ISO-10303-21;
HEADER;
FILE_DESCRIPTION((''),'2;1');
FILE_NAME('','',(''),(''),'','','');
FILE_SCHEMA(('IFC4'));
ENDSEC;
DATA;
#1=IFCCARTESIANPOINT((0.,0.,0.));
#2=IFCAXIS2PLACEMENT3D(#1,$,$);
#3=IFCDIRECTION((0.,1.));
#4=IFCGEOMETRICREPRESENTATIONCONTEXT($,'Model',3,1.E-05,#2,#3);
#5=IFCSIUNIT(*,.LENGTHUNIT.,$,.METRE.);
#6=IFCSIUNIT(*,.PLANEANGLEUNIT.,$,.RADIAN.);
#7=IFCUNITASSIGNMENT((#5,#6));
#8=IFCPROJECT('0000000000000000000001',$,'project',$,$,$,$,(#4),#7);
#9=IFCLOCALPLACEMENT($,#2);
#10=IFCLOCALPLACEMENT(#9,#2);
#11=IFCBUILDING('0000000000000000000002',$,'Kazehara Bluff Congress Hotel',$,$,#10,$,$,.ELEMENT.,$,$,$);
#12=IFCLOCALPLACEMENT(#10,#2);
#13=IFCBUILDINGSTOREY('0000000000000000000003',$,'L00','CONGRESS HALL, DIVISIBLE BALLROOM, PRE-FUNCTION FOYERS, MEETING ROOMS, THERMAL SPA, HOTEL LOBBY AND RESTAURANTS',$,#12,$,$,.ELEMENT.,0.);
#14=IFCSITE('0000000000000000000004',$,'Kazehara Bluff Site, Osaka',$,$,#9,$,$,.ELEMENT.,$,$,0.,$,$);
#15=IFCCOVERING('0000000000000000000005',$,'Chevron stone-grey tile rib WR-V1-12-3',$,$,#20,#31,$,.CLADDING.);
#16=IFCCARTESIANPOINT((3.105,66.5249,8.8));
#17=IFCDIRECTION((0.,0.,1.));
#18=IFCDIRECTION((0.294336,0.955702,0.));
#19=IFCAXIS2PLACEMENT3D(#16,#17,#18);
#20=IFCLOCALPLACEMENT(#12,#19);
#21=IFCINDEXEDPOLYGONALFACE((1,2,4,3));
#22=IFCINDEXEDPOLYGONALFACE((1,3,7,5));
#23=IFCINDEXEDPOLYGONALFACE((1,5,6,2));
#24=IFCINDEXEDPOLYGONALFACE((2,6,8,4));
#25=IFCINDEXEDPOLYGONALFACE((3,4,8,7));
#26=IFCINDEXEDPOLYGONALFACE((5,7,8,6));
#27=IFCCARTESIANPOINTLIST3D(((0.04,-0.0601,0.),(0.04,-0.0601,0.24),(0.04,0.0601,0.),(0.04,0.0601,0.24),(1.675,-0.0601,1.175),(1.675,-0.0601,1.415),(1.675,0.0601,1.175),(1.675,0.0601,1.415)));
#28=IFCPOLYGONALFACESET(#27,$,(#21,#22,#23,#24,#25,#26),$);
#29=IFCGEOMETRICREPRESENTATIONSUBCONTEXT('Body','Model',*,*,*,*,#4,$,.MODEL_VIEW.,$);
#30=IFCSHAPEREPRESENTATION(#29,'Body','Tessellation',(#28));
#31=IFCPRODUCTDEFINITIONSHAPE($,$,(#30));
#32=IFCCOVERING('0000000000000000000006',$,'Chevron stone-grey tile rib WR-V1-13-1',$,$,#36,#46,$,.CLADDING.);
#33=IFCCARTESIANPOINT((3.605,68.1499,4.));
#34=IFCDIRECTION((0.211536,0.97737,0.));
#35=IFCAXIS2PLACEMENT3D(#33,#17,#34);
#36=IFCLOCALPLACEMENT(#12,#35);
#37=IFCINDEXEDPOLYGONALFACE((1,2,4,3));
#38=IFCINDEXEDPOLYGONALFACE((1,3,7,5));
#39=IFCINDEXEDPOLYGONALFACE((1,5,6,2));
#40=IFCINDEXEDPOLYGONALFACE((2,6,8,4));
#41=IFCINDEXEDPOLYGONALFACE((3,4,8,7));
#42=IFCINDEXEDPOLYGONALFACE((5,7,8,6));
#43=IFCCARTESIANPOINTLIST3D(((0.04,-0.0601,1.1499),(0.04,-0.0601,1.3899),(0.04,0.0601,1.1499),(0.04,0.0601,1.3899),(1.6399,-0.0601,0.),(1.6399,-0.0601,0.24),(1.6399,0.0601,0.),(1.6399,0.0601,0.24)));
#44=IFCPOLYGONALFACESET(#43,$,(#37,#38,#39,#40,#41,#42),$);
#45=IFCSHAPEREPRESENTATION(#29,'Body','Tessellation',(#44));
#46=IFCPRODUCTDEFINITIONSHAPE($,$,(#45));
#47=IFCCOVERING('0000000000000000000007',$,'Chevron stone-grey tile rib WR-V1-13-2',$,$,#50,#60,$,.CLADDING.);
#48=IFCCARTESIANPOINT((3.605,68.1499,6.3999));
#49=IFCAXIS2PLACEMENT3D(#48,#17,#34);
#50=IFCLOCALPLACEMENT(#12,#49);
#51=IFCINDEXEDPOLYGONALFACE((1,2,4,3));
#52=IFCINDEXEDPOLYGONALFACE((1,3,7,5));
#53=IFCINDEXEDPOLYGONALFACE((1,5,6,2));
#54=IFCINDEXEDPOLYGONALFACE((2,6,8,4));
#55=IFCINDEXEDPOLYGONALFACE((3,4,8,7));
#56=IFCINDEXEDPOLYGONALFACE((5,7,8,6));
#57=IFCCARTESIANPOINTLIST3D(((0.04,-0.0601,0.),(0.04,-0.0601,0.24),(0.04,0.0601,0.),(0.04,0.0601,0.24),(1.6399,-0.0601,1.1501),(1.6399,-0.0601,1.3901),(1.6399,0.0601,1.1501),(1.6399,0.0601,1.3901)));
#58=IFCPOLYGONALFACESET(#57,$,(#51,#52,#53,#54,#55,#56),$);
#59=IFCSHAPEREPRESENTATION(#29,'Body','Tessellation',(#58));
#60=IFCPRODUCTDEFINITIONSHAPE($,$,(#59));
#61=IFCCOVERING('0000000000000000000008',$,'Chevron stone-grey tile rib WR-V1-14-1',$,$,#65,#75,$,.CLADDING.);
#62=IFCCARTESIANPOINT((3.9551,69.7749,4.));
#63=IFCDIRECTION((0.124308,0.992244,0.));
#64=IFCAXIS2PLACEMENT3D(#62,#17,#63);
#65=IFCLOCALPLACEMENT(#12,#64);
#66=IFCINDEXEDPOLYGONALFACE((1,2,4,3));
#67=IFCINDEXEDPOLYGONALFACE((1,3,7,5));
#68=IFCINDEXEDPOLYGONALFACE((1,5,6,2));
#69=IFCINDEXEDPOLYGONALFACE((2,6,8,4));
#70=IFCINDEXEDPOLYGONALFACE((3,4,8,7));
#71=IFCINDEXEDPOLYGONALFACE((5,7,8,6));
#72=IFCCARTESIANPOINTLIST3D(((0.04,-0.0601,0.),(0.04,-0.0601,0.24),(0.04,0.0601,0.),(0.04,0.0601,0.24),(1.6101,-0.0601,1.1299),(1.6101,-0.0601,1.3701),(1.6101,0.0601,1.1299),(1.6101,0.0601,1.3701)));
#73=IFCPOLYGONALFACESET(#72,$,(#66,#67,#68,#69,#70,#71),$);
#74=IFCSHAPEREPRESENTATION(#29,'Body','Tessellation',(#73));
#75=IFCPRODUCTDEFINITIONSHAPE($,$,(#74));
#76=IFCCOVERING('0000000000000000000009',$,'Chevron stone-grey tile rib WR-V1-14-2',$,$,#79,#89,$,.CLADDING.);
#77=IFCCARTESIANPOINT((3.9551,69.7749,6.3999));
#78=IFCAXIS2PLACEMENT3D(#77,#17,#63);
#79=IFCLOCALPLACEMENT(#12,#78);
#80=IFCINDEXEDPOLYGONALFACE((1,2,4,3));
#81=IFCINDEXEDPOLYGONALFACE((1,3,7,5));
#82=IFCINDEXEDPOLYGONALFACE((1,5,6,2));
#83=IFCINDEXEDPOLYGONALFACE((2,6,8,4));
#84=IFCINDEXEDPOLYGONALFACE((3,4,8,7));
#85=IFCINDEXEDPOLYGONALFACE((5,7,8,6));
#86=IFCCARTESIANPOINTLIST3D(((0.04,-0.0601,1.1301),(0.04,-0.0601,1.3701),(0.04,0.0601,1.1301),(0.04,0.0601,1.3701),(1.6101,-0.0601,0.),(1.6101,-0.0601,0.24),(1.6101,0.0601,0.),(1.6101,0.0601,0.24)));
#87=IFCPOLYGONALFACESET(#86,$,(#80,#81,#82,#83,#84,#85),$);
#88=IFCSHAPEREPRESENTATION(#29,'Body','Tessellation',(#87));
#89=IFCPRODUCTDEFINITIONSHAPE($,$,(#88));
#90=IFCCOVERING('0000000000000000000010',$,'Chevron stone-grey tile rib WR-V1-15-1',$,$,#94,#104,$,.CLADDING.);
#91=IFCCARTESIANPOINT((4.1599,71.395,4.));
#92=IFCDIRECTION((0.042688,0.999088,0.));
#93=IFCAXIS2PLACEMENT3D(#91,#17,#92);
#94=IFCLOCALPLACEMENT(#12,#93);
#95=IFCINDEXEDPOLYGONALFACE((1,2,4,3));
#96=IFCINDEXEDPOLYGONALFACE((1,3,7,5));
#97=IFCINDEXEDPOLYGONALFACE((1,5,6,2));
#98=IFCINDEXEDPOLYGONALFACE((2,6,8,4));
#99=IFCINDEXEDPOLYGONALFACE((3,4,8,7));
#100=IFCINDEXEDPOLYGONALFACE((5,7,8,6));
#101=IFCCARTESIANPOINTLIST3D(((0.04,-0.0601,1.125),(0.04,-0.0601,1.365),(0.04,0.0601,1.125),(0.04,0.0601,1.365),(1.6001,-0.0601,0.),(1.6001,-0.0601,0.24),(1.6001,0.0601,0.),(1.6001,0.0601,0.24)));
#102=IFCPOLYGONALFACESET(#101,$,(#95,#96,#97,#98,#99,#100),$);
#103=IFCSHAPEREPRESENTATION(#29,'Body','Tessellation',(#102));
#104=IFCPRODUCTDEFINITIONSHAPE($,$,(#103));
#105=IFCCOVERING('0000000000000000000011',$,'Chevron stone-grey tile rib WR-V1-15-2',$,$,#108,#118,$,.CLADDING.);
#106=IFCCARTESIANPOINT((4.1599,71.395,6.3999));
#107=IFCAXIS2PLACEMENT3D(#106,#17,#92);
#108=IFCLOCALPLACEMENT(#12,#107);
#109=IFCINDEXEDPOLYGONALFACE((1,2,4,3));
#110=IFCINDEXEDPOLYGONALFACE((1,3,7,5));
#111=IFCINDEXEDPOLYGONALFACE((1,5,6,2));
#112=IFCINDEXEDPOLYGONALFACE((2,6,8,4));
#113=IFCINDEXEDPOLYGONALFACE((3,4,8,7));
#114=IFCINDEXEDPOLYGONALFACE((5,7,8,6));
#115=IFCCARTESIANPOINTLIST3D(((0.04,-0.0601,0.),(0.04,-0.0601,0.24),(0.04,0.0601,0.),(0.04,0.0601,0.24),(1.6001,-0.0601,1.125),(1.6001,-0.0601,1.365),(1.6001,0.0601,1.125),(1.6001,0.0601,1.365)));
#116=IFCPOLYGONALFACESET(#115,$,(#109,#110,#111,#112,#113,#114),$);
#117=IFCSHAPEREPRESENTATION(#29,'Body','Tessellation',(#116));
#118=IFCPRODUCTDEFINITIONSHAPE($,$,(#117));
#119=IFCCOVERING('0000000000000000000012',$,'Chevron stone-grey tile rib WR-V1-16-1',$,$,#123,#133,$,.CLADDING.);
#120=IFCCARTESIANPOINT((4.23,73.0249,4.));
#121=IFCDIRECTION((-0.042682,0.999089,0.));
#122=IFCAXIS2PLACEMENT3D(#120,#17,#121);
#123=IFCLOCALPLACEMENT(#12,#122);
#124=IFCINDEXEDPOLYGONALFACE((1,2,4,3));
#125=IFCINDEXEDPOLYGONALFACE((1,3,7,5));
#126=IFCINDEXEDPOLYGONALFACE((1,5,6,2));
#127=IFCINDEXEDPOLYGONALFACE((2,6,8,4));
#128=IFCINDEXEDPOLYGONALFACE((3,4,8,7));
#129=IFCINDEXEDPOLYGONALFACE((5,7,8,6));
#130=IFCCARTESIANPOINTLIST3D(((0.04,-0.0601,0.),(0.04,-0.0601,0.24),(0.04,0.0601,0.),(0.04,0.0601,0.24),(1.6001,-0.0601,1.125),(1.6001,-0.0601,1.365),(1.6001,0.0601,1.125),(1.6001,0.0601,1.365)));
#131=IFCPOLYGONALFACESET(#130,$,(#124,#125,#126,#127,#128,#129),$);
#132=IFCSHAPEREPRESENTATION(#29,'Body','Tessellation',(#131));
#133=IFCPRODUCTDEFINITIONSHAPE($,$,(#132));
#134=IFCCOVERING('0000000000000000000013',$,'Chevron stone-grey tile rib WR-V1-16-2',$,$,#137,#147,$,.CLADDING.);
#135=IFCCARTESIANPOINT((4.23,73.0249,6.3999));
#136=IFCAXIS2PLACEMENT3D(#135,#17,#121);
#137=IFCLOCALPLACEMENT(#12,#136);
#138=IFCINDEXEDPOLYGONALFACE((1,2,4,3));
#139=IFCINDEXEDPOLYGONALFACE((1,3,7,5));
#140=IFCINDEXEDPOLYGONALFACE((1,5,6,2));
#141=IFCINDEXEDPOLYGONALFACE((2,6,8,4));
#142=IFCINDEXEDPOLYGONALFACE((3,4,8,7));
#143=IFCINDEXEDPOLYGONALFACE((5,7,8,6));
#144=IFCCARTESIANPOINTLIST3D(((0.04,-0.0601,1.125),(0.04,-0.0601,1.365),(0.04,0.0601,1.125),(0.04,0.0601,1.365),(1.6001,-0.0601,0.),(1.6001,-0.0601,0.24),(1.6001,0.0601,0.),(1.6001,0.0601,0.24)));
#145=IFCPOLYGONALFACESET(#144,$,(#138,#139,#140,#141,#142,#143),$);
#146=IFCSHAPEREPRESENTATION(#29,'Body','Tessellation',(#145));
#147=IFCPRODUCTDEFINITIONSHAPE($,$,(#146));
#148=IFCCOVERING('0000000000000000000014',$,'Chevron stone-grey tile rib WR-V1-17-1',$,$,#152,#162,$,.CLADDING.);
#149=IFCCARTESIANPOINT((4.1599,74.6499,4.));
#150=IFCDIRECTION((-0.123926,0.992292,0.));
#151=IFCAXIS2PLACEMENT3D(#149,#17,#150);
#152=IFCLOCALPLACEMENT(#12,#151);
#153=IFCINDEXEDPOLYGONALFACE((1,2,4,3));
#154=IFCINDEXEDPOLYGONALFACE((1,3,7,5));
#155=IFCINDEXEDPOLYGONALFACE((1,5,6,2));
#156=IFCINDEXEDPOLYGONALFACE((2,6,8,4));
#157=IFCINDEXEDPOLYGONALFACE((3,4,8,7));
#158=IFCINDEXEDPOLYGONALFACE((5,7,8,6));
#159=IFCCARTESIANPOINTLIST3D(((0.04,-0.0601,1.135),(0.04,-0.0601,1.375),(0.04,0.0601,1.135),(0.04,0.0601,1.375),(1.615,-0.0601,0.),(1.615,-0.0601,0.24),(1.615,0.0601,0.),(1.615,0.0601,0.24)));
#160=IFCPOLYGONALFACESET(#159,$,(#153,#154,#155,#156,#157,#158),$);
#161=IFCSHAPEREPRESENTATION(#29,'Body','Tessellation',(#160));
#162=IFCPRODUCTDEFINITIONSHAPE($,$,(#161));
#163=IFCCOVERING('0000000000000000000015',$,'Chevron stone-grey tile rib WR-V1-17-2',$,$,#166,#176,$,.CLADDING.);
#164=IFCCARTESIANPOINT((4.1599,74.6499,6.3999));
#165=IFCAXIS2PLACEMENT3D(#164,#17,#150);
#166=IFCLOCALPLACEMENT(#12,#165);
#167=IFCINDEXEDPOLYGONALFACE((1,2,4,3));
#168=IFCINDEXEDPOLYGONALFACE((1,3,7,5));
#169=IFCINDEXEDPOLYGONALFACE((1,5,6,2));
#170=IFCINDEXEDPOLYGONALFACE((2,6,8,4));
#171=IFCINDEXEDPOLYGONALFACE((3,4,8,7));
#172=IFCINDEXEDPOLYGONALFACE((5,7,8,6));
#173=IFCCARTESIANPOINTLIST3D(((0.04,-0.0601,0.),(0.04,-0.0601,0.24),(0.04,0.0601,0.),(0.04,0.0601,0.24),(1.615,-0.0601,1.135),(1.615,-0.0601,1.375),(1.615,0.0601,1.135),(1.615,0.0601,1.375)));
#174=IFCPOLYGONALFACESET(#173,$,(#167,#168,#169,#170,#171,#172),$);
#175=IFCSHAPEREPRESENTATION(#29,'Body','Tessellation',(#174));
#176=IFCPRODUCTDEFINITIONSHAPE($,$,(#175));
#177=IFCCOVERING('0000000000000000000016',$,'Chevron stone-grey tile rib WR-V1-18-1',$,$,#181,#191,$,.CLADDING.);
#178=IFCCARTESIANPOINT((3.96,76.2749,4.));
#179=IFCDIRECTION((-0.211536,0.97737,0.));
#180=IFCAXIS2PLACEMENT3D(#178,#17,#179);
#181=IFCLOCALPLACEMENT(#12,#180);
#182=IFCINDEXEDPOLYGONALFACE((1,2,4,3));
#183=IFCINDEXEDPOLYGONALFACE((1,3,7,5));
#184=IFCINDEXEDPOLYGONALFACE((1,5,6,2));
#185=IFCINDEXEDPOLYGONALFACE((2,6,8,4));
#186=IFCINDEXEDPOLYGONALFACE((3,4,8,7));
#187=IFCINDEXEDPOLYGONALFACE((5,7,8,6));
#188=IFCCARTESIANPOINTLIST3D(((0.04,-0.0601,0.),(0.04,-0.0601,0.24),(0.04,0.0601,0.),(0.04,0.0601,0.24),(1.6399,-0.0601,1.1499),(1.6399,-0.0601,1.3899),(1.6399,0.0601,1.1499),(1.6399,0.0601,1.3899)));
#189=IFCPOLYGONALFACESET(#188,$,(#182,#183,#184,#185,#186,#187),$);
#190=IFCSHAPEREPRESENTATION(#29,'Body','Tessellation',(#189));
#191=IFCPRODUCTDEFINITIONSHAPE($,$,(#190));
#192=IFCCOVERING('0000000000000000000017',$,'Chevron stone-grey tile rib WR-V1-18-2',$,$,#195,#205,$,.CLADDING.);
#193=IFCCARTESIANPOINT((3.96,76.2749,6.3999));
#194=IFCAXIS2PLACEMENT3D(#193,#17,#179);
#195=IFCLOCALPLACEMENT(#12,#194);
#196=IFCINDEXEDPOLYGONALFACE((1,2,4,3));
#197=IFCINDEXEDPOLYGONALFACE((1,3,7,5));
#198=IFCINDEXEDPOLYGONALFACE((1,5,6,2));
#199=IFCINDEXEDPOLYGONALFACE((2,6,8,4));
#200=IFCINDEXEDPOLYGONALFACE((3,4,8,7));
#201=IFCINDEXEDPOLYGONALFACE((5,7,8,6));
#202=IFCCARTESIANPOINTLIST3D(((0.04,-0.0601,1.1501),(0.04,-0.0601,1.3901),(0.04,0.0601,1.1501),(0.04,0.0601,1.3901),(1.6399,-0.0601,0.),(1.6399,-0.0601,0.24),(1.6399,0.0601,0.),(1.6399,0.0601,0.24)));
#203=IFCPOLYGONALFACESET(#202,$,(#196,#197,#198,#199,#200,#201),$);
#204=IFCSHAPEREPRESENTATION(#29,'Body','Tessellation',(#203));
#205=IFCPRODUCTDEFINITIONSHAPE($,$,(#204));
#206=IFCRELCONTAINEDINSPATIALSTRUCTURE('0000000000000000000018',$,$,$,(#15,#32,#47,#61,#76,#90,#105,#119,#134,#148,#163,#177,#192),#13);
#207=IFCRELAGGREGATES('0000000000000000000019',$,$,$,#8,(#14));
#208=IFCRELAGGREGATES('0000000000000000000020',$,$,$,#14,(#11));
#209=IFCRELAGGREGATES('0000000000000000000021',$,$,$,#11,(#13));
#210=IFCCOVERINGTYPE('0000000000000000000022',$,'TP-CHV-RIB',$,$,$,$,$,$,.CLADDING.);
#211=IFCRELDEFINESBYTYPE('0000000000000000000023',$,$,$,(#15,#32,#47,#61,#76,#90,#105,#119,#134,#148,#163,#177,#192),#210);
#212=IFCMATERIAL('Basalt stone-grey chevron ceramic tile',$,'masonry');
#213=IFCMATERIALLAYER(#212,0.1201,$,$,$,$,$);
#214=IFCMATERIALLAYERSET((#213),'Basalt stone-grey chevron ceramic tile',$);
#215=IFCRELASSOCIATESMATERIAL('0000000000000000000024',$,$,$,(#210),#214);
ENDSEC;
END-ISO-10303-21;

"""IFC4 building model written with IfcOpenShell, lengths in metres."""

from ifc_helpers import new_model, si_unit, direction, frame, origin, place, context, subcontext, project, spatial, polyline, outline, extrude, material, layer, layer_set, type_object, element, save


model = new_model("IFC4")

# Units and contexts
model_context = context("Model", 3, precision=1e-05, world=origin(), true_north=direction((0.0, 1.0)))
body_context = subcontext(model_context, "Body", "Model", "MODEL_VIEW")
ifc_project = project(units=[si_unit("LENGTHUNIT", "METRE"), si_unit("PLANEANGLEUNIT", "RADIAN")], contexts=[model_context])

# Site, building, storey
site_placement = place(None, origin())
site = spatial("IfcSite", under=ifc_project, at=site_placement, Name="Kazehara Bluff Site, Osaka", CompositionType="ELEMENT", RefElevation=0.0)
building_placement = place(site_placement, origin())
building = spatial("IfcBuilding", under=site, at=building_placement, Name="Kazehara Bluff Congress Hotel", CompositionType="ELEMENT")
storey_placement = place(building_placement, origin())
storey = spatial("IfcBuildingStorey", under=building, at=storey_placement, Name="L00", Description="CONGRESS HALL, DIVISIBLE BALLROOM, PRE-FUNCTION FOYERS, MEETING ROOMS, THERMAL SPA, HOTEL LOBBY AND RESTAURANTS", CompositionType="ELEMENT", Elevation=0.0)

# Coverings
ifc_material_1 = material(Name="Basalt stone-grey chevron ceramic tile", Category="masonry")
ifc_layer_1 = layer(ifc_material_1, 0.1201)
ifc_layer_set_1 = layer_set([ifc_layer_1], Name="Basalt stone-grey chevron ceramic tile")
covering_type_1 = type_object("IfcCoveringType", Name="TP-CHV-RIB", PredefinedType="CLADDING", material=ifc_layer_set_1)
covering_1_placement = place(storey_placement, frame((3.105, 66.5249, 8.8), z_axis=(0.0, 0.0, 1.0), x_axis=(0.294336, 0.955702, 0.0)))
element("IfcCovering", 1, at=covering_1_placement, inside=storey, type_object=covering_type_1, Name="Chevron stone-grey tile rib WR-V1-12-3", PredefinedType="CLADDING", context=body_context, shape_type="SweptSolid", body=[
    extrude(outline(polyline([(0.04, 0.0), (1.675, 1.175), (1.675, 1.415), (0.04, 0.24), (0.04, 0.0)])), frame((0.0, 0.0601, 0.0), z_axis=(0.0, -1.0, 0.0), x_axis=(1.0, 0.0, 0.0)), (0.0, 0.0, 1.0), 0.1201),
])
covering_2_placement = place(storey_placement, frame((3.605, 68.1499, 4.0), z_axis=(0.0, 0.0, 1.0), x_axis=(0.211536, 0.97737, 0.0)))
element("IfcCovering", 2, at=covering_2_placement, inside=storey, type_object=covering_type_1, Name="Chevron stone-grey tile rib WR-V1-13-1", PredefinedType="CLADDING", context=body_context, shape_type="SweptSolid", body=[
    extrude(outline(polyline([(0.04, 1.1499), (1.6399, 0.0), (1.6399, 0.24), (0.04, 1.3899), (0.04, 1.1499)])), frame((0.0, 0.0601, 0.0), z_axis=(0.0, -1.0, 0.0), x_axis=(1.0, 0.0, 0.0)), (0.0, 0.0, 1.0), 0.1201),
])
covering_3_placement = place(storey_placement, frame((3.605, 68.1499, 6.3999), z_axis=(0.0, 0.0, 1.0), x_axis=(0.211536, 0.97737, 0.0)))
element("IfcCovering", 3, at=covering_3_placement, inside=storey, type_object=covering_type_1, Name="Chevron stone-grey tile rib WR-V1-13-2", PredefinedType="CLADDING", context=body_context, shape_type="SweptSolid", body=[
    extrude(outline(polyline([(0.04, 0.0), (1.6399, 1.1501), (1.6399, 1.3901), (0.04, 0.24), (0.04, 0.0)])), frame((0.0, 0.0601, 0.0), z_axis=(0.0, -1.0, 0.0), x_axis=(1.0, 0.0, 0.0)), (0.0, 0.0, 1.0), 0.1201),
])
covering_4_placement = place(storey_placement, frame((3.9551, 69.7749, 4.0), z_axis=(0.0, 0.0, 1.0), x_axis=(0.124308, 0.992244, 0.0)))
element("IfcCovering", 4, at=covering_4_placement, inside=storey, type_object=covering_type_1, Name="Chevron stone-grey tile rib WR-V1-14-1", PredefinedType="CLADDING", context=body_context, shape_type="SweptSolid", body=[
    extrude(outline(polyline([(0.04, 0.0), (1.6101, 1.1299), (1.6101, 1.3701), (0.04, 0.24), (0.04, 0.0)])), frame((0.0, 0.0601, 0.0), z_axis=(0.0, -1.0, 0.0), x_axis=(1.0, 0.0, 0.0)), (0.0, 0.0, 1.0), 0.1201),
])
covering_5_placement = place(storey_placement, frame((3.9551, 69.7749, 6.3999), z_axis=(0.0, 0.0, 1.0), x_axis=(0.124308, 0.992244, 0.0)))
element("IfcCovering", 5, at=covering_5_placement, inside=storey, type_object=covering_type_1, Name="Chevron stone-grey tile rib WR-V1-14-2", PredefinedType="CLADDING", context=body_context, shape_type="SweptSolid", body=[
    extrude(outline(polyline([(0.04, 1.1301), (1.6101, 0.0), (1.6101, 0.24), (0.04, 1.3701), (0.04, 1.1301)])), frame((0.0, 0.0601, 0.0), z_axis=(0.0, -1.0, 0.0), x_axis=(1.0, 0.0, 0.0)), (0.0, 0.0, 1.0), 0.1201),
])
covering_6_placement = place(storey_placement, frame((4.1599, 71.395, 4.0), z_axis=(0.0, 0.0, 1.0), x_axis=(0.042688, 0.999088, 0.0)))
element("IfcCovering", 6, at=covering_6_placement, inside=storey, type_object=covering_type_1, Name="Chevron stone-grey tile rib WR-V1-15-1", PredefinedType="CLADDING", context=body_context, shape_type="SweptSolid", body=[
    extrude(outline(polyline([(0.04, 1.125), (1.6001, 0.0), (1.6001, 0.24), (0.04, 1.365), (0.04, 1.125)])), frame((0.0, 0.0601, 0.0), z_axis=(0.0, -1.0, 0.0), x_axis=(1.0, 0.0, 0.0)), (0.0, 0.0, 1.0), 0.1201),
])
for number, where, z_axis, x_axis, name in (
    (7, (4.1599, 71.395, 6.3999), (0.0, 0.0, 1.0), (0.042688, 0.999088, 0.0), "Chevron stone-grey tile rib WR-V1-15-2"),
    (8, (4.23, 73.0249, 4.0), (0.0, 0.0, 1.0), (-0.042682, 0.999089, 0.0), "Chevron stone-grey tile rib WR-V1-16-1"),
):
    element("IfcCovering", number, at=place(storey_placement, frame(where, z_axis=z_axis, x_axis=x_axis)), inside=storey, type_object=covering_type_1, Name=name, PredefinedType="CLADDING", context=body_context, shape_type="SweptSolid", body=[
        extrude(outline(polyline([(0.04, 0.0), (1.6001, 1.125), (1.6001, 1.365), (0.04, 0.24), (0.04, 0.0)])), frame((0.0, 0.0601, 0.0), z_axis=(0.0, -1.0, 0.0), x_axis=(1.0, 0.0, 0.0)), (0.0, 0.0, 1.0), 0.1201),
    ])
covering_7_placement = place(storey_placement, frame((4.23, 73.0249, 6.3999), z_axis=(0.0, 0.0, 1.0), x_axis=(-0.042682, 0.999089, 0.0)))
element("IfcCovering", 9, at=covering_7_placement, inside=storey, type_object=covering_type_1, Name="Chevron stone-grey tile rib WR-V1-16-2", PredefinedType="CLADDING", context=body_context, shape_type="SweptSolid", body=[
    extrude(outline(polyline([(0.04, 1.125), (1.6001, 0.0), (1.6001, 0.24), (0.04, 1.365), (0.04, 1.125)])), frame((0.0, 0.0601, 0.0), z_axis=(0.0, -1.0, 0.0), x_axis=(1.0, 0.0, 0.0)), (0.0, 0.0, 1.0), 0.1201),
])
covering_8_placement = place(storey_placement, frame((4.1599, 74.6499, 4.0), z_axis=(0.0, 0.0, 1.0), x_axis=(-0.123926, 0.992292, 0.0)))
element("IfcCovering", 10, at=covering_8_placement, inside=storey, type_object=covering_type_1, Name="Chevron stone-grey tile rib WR-V1-17-1", PredefinedType="CLADDING", context=body_context, shape_type="SweptSolid", body=[
    extrude(outline(polyline([(0.04, 1.135), (1.615, 0.0), (1.615, 0.24), (0.04, 1.375), (0.04, 1.135)])), frame((0.0, 0.0601, 0.0), z_axis=(0.0, -1.0, 0.0), x_axis=(1.0, 0.0, 0.0)), (0.0, 0.0, 1.0), 0.1201),
])
covering_9_placement = place(storey_placement, frame((4.1599, 74.6499, 6.3999), z_axis=(0.0, 0.0, 1.0), x_axis=(-0.123926, 0.992292, 0.0)))
element("IfcCovering", 11, at=covering_9_placement, inside=storey, type_object=covering_type_1, Name="Chevron stone-grey tile rib WR-V1-17-2", PredefinedType="CLADDING", context=body_context, shape_type="SweptSolid", body=[
    extrude(outline(polyline([(0.04, 0.0), (1.615, 1.135), (1.615, 1.375), (0.04, 0.24), (0.04, 0.0)])), frame((0.0, 0.0601, 0.0), z_axis=(0.0, -1.0, 0.0), x_axis=(1.0, 0.0, 0.0)), (0.0, 0.0, 1.0), 0.1201),
])
covering_10_placement = place(storey_placement, frame((3.96, 76.2749, 4.0), z_axis=(0.0, 0.0, 1.0), x_axis=(-0.211536, 0.97737, 0.0)))
element("IfcCovering", 12, at=covering_10_placement, inside=storey, type_object=covering_type_1, Name="Chevron stone-grey tile rib WR-V1-18-1", PredefinedType="CLADDING", context=body_context, shape_type="SweptSolid", body=[
    extrude(outline(polyline([(0.04, 0.0), (1.6399, 1.1499), (1.6399, 1.3899), (0.04, 0.24), (0.04, 0.0)])), frame((0.0, 0.0601, 0.0), z_axis=(0.0, -1.0, 0.0), x_axis=(1.0, 0.0, 0.0)), (0.0, 0.0, 1.0), 0.1201),
])
covering_11_placement = place(storey_placement, frame((3.96, 76.2749, 6.3999), z_axis=(0.0, 0.0, 1.0), x_axis=(-0.211536, 0.97737, 0.0)))
element("IfcCovering", 13, at=covering_11_placement, inside=storey, type_object=covering_type_1, Name="Chevron stone-grey tile rib WR-V1-18-2", PredefinedType="CLADDING", context=body_context, shape_type="SweptSolid", body=[
    extrude(outline(polyline([(0.04, 1.1501), (1.6399, 0.0), (1.6399, 0.24), (0.04, 1.3901), (0.04, 1.1501)])), frame((0.0, 0.0601, 0.0), z_axis=(0.0, -1.0, 0.0), x_axis=(1.0, 0.0, 0.0)), (0.0, 0.0, 1.0), 0.1201),
])

save(model, "model.ifc")
